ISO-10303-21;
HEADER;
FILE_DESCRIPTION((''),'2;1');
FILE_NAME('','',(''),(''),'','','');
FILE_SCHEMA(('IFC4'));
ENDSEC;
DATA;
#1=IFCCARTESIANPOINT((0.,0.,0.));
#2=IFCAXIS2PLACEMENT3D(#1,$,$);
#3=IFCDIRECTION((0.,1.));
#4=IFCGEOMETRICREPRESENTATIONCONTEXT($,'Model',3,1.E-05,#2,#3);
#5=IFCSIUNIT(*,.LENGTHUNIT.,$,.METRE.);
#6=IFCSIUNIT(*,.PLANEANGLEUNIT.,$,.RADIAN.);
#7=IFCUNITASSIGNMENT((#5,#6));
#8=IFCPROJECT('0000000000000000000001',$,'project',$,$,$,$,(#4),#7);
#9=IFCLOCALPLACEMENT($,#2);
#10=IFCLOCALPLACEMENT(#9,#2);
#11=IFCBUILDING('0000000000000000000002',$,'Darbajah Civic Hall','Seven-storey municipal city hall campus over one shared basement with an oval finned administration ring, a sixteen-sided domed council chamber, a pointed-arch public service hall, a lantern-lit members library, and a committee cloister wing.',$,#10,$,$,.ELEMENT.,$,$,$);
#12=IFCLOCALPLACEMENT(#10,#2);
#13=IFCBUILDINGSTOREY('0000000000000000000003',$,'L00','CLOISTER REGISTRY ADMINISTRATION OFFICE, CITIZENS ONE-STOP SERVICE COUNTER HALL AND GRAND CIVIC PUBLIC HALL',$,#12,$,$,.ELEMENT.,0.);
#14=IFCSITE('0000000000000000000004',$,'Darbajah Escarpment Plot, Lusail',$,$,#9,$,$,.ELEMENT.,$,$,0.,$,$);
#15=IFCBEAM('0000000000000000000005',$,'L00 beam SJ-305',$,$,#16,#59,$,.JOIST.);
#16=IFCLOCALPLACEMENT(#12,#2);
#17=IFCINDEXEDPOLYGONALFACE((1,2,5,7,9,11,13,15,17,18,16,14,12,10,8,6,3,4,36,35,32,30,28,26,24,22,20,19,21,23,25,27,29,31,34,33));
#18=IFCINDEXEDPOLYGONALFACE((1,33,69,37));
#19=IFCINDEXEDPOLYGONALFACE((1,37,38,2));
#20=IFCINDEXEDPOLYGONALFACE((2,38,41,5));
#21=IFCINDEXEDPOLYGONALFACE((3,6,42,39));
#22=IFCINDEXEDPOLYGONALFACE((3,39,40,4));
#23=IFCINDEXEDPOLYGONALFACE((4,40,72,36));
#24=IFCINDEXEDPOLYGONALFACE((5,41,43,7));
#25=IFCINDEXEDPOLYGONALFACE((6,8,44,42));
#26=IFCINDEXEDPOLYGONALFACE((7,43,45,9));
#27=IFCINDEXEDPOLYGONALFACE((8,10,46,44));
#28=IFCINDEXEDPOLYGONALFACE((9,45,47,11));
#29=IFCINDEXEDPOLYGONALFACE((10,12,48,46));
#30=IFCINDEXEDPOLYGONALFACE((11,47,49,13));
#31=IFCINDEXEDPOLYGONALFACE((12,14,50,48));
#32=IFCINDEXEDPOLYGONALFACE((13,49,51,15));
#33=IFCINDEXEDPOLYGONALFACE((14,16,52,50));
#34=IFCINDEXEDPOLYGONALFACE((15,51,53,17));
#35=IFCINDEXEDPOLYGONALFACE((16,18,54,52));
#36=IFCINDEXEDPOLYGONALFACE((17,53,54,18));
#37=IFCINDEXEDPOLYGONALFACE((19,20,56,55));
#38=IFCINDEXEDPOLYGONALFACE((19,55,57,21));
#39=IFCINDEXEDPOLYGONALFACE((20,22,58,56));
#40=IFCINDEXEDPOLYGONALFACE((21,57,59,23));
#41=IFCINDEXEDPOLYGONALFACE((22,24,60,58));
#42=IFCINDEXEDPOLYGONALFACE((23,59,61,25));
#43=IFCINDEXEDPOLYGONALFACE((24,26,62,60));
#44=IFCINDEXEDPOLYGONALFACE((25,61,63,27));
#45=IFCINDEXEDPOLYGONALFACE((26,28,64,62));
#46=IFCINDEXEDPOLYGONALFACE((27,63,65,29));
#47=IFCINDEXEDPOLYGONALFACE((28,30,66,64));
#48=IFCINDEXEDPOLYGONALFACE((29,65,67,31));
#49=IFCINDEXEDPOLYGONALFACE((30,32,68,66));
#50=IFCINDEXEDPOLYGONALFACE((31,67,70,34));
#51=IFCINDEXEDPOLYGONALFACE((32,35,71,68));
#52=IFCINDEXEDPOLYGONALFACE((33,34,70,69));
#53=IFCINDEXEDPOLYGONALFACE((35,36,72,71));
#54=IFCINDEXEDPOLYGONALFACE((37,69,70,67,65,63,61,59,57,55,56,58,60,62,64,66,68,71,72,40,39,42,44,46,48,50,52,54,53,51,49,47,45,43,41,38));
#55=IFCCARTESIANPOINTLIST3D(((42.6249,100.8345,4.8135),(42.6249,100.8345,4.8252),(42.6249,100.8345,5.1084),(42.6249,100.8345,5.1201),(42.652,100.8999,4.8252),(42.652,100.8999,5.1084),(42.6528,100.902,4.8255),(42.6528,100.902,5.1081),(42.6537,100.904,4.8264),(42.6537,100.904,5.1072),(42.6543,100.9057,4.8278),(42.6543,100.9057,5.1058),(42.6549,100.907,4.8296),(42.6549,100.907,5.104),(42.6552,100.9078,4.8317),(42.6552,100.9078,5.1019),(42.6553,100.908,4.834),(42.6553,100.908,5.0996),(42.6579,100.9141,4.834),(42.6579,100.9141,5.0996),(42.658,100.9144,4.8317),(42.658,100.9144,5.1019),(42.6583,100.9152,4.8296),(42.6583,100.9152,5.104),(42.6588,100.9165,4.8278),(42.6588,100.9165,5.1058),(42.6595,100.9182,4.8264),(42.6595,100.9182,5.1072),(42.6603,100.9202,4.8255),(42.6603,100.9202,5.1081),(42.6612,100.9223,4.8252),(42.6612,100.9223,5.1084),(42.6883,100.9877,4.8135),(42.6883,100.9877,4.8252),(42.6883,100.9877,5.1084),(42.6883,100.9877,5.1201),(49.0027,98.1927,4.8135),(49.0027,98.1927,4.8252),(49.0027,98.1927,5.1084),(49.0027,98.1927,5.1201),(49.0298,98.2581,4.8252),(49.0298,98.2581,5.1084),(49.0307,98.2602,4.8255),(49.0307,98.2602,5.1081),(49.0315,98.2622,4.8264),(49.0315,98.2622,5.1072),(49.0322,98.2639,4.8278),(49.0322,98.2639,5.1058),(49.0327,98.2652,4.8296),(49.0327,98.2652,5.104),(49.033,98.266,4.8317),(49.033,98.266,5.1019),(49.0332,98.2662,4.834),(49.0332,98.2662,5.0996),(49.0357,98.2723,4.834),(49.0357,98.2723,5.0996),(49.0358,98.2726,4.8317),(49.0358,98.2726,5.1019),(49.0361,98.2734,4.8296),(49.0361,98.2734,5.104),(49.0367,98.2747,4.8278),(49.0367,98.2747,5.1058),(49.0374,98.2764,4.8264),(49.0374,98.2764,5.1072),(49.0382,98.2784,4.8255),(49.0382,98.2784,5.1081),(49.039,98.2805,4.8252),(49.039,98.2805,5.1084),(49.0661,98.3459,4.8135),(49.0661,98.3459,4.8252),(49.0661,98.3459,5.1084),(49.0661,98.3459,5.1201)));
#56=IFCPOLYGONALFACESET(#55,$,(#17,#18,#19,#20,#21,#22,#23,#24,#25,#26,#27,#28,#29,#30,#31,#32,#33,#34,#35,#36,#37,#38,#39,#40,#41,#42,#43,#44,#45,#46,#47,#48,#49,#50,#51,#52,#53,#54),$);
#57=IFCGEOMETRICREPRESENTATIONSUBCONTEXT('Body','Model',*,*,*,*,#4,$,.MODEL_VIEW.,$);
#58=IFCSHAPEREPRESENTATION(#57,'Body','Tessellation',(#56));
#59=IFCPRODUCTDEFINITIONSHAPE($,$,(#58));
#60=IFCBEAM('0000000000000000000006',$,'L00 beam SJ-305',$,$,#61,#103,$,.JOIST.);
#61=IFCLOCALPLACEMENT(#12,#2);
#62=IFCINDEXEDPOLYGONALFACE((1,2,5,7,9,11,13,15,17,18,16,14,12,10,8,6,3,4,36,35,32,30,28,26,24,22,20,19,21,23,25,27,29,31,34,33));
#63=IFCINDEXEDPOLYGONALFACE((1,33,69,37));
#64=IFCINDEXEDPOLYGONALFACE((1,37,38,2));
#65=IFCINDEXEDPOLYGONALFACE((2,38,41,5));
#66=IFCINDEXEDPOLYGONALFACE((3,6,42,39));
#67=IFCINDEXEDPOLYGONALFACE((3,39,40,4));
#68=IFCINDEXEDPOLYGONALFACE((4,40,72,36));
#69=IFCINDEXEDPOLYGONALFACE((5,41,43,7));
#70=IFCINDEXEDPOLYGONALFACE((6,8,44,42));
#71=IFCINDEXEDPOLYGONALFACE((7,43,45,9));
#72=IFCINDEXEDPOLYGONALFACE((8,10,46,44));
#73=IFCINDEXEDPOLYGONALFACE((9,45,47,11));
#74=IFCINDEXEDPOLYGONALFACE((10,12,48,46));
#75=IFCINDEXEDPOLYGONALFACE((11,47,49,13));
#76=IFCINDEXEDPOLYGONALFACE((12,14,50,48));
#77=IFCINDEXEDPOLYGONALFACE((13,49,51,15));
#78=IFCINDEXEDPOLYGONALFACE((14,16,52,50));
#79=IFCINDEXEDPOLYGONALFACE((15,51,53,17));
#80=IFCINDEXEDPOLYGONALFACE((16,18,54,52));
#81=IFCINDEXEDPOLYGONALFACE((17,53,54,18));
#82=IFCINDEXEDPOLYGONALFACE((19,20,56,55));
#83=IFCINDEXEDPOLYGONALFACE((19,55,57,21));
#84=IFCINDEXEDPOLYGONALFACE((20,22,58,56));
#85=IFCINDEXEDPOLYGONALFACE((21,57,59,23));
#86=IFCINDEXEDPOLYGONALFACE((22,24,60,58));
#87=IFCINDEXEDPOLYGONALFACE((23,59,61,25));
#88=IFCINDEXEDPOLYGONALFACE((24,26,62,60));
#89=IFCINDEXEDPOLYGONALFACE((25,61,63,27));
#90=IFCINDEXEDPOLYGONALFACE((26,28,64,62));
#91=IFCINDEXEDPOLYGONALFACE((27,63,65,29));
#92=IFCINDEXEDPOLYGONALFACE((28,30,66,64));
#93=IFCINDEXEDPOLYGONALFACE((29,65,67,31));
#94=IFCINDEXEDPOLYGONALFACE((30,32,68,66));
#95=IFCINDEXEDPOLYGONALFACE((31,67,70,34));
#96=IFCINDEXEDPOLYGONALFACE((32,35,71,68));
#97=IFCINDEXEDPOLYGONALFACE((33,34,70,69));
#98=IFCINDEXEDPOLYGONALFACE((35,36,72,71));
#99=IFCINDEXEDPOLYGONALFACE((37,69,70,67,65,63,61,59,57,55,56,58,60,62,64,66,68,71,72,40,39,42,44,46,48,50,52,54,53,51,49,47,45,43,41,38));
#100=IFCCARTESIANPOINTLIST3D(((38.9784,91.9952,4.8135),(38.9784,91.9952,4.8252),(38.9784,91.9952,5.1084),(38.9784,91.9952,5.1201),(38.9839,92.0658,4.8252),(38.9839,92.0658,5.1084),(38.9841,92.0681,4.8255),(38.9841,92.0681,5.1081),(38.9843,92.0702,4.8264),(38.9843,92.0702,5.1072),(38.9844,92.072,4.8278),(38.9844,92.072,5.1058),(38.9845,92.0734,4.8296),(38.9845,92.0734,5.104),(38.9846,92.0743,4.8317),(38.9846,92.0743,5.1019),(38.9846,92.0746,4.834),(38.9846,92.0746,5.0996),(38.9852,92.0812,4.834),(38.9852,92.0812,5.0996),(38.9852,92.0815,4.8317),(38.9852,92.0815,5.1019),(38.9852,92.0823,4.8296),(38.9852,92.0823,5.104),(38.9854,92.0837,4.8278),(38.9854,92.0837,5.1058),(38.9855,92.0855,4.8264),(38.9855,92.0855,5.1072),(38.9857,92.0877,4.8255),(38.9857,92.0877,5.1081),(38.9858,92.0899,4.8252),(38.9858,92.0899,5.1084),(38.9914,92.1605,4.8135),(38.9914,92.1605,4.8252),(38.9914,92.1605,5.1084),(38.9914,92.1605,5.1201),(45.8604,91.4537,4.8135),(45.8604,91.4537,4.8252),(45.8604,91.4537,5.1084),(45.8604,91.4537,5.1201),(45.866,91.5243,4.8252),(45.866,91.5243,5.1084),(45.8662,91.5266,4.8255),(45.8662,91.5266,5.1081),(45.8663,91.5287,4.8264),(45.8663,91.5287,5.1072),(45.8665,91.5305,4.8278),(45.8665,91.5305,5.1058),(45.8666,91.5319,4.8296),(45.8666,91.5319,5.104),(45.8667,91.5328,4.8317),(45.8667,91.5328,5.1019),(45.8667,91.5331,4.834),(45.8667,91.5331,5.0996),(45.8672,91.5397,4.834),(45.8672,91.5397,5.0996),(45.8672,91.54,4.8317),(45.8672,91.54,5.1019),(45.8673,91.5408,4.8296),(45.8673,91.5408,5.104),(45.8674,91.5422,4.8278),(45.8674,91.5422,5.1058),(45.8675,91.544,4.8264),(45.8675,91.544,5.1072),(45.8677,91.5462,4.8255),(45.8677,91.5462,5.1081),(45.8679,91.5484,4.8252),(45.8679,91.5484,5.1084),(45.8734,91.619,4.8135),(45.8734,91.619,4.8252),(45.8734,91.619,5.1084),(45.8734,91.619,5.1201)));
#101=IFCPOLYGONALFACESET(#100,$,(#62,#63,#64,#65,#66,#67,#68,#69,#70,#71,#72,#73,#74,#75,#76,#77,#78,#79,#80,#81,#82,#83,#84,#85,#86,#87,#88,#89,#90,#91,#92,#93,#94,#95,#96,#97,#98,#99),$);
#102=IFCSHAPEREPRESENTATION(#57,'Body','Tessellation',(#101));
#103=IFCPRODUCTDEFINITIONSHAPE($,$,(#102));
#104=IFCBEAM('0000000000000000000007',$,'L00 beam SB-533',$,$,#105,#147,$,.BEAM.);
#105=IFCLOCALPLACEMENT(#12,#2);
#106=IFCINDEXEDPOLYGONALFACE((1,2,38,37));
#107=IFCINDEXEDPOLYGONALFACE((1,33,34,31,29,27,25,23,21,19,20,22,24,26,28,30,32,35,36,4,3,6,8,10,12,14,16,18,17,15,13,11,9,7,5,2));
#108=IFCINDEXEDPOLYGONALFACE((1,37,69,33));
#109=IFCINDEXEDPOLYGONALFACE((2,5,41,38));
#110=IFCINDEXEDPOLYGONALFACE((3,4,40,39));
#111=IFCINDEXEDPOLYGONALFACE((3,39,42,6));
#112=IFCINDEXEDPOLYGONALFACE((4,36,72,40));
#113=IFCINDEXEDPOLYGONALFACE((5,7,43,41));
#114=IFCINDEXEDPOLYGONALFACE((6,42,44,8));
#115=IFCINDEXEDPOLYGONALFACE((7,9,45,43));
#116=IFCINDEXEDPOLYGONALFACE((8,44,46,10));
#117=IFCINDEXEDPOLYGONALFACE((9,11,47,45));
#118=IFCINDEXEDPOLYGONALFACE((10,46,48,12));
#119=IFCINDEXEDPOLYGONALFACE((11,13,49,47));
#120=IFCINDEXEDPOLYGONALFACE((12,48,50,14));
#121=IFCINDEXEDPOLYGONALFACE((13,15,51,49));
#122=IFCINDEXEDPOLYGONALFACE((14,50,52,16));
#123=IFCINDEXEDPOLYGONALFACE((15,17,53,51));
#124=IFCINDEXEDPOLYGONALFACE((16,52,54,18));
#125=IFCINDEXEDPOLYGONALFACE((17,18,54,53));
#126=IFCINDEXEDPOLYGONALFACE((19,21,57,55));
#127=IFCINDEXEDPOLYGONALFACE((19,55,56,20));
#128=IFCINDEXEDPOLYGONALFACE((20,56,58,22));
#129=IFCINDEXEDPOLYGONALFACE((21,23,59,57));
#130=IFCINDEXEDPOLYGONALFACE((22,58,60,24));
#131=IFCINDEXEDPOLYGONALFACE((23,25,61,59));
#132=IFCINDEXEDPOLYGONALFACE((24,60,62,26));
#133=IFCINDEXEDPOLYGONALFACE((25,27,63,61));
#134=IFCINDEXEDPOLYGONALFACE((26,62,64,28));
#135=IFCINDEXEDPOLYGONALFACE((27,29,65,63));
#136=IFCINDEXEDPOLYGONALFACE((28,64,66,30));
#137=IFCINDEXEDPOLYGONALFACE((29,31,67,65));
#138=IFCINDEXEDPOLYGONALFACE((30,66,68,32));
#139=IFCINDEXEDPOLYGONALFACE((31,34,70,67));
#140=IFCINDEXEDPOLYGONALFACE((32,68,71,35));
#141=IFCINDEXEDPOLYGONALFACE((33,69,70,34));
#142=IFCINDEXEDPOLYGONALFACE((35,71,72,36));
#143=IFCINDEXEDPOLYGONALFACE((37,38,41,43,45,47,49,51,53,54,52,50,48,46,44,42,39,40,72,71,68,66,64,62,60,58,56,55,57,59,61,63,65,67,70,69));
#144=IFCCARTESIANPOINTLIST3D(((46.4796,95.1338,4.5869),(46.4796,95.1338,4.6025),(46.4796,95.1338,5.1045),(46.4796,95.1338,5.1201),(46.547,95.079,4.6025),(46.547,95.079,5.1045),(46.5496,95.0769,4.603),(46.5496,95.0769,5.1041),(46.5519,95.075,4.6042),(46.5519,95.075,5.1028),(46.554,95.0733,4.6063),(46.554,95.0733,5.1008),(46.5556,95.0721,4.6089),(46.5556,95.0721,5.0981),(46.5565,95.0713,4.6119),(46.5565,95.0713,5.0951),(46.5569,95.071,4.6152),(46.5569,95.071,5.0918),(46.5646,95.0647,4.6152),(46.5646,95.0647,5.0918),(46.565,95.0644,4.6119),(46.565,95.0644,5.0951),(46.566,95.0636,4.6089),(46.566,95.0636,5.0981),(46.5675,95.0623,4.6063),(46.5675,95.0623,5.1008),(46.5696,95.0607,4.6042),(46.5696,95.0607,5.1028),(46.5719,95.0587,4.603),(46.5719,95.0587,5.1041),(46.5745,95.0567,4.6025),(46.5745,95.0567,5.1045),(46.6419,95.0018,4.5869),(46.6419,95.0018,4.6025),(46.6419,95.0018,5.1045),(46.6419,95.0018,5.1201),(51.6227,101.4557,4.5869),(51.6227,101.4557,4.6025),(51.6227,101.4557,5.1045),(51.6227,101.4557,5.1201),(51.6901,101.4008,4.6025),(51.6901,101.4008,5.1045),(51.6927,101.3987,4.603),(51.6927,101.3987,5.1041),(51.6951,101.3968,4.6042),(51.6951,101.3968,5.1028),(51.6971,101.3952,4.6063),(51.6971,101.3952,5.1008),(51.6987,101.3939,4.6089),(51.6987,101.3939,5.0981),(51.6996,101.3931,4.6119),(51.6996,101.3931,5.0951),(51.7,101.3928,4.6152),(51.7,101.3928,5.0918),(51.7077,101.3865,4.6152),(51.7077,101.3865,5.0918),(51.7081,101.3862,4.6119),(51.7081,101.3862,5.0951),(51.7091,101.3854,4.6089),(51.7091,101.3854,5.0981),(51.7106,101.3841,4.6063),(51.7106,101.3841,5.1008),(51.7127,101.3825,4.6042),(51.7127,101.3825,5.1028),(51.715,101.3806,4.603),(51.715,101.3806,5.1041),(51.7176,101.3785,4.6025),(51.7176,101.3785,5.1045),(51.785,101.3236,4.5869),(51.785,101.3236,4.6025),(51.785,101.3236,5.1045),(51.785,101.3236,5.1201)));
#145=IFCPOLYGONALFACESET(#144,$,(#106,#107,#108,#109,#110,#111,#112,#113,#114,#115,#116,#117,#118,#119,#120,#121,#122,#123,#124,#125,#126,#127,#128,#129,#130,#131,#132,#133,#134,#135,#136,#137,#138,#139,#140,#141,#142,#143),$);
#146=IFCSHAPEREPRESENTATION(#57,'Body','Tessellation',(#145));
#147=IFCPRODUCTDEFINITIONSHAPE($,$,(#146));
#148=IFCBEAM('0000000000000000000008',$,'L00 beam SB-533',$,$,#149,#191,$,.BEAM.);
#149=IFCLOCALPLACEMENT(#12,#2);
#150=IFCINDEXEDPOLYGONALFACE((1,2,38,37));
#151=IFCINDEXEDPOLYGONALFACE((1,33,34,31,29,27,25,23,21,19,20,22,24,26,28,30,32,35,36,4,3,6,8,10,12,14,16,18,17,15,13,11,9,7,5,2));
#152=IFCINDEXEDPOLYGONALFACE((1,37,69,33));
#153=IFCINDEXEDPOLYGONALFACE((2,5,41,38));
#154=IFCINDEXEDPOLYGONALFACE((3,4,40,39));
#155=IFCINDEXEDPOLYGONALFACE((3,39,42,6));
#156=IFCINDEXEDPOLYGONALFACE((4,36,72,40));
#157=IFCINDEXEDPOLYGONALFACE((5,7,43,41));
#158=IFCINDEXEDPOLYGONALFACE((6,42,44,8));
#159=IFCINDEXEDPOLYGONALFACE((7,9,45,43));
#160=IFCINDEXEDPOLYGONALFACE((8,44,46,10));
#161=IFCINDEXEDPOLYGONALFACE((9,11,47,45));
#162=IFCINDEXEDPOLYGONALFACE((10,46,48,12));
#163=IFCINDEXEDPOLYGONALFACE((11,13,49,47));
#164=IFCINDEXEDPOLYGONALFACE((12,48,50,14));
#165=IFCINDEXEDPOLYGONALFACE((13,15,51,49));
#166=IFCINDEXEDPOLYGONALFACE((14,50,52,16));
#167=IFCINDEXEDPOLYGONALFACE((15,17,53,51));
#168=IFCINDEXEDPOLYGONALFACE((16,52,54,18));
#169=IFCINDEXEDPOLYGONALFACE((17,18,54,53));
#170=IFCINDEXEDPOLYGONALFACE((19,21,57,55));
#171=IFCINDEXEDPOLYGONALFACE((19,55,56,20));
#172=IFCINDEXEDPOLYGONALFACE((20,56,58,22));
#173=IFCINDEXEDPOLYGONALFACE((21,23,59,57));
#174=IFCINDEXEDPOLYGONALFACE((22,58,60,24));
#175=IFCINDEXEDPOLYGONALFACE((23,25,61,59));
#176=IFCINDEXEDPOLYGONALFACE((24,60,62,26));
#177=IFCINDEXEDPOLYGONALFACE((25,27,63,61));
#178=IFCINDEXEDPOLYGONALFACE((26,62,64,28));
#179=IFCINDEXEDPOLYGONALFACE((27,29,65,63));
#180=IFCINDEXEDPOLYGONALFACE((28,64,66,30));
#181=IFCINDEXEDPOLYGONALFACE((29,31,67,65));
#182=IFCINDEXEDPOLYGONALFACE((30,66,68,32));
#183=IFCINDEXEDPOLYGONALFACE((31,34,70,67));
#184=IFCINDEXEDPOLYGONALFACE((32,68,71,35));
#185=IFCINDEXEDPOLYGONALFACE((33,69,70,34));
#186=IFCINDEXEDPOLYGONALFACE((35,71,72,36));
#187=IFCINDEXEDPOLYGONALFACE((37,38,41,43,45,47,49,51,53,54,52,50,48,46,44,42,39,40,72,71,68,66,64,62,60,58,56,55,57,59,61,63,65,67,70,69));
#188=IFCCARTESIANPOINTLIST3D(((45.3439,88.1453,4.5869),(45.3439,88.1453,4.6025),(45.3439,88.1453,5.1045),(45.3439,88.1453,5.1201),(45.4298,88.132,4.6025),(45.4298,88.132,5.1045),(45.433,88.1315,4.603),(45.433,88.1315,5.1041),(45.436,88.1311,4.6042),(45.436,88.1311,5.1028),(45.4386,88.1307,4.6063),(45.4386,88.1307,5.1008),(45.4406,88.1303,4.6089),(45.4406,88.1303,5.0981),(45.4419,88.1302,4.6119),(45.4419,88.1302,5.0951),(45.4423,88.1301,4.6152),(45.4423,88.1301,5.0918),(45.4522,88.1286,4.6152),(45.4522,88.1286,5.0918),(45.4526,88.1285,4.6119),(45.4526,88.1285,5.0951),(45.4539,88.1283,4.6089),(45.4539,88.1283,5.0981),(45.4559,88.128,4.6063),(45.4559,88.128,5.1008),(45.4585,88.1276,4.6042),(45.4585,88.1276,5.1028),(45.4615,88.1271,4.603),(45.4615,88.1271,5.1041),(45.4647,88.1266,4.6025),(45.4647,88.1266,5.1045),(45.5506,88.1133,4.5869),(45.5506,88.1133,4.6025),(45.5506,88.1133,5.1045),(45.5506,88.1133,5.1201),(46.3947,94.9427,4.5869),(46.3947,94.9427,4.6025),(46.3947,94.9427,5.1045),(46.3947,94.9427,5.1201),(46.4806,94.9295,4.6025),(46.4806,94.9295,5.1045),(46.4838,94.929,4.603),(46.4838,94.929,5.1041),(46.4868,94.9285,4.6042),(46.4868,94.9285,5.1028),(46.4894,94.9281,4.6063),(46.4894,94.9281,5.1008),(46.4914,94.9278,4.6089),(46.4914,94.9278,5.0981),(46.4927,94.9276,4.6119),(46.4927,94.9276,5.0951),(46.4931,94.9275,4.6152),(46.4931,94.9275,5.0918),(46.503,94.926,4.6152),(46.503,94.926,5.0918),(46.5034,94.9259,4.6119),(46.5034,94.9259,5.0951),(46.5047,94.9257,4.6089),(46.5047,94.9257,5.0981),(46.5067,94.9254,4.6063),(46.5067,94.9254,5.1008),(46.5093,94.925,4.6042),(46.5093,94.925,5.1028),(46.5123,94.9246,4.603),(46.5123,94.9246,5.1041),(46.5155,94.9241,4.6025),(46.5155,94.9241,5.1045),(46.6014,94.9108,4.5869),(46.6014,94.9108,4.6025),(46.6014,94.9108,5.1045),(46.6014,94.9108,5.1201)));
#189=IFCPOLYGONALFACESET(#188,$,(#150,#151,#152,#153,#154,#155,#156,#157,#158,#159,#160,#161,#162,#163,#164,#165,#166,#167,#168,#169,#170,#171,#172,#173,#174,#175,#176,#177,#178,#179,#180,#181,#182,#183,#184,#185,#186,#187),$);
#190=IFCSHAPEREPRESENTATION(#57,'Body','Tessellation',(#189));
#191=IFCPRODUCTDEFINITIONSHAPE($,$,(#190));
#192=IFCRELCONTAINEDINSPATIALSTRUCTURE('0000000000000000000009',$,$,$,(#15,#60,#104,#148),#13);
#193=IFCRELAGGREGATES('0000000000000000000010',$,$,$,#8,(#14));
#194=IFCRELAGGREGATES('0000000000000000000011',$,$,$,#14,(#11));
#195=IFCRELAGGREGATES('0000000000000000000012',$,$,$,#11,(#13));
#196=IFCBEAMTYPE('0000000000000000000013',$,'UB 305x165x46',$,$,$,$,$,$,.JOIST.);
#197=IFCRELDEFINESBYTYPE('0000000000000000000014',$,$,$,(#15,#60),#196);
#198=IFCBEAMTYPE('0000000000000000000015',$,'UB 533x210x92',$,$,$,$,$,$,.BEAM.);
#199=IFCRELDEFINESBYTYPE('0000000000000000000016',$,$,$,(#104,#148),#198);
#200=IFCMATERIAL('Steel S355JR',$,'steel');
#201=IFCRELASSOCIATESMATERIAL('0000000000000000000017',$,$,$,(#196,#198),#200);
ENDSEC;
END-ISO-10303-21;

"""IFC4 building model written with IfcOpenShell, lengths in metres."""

from ifc_helpers import new_model, si_unit, direction, frame, origin, origin_2d, place, context, subcontext, project, spatial, i_section, extrude, material, material_profile, profile_set, type_object, element, save


model = new_model("IFC4")

# Units and contexts
model_context = context("Model", 3, precision=1e-05, world=origin(), true_north=direction((0.0, 1.0)))
body_context = subcontext(model_context, "Body", "Model", "MODEL_VIEW")
ifc_project = project(units=[si_unit("LENGTHUNIT", "METRE"), si_unit("PLANEANGLEUNIT", "RADIAN")], contexts=[model_context])

# Site, building, storey
site_placement = place(None, origin())
site = spatial("IfcSite", under=ifc_project, at=site_placement, Name="Darbajah Escarpment Plot, Lusail", CompositionType="ELEMENT", RefElevation=0.0)
building_placement = place(site_placement, origin())
building = spatial("IfcBuilding", under=site, at=building_placement, Name="Darbajah Civic Hall", Description="Seven-storey municipal city hall campus over one shared basement with an oval finned administration ring, a sixteen-sided domed council chamber, a pointed-arch public service hall, a lantern-lit members library, and a committee cloister wing.", CompositionType="ELEMENT")
storey_placement = place(building_placement, origin())
storey = spatial("IfcBuildingStorey", under=building, at=storey_placement, Name="L00", Description="CLOISTER REGISTRY ADMINISTRATION OFFICE, CITIZENS ONE-STOP SERVICE COUNTER HALL AND GRAND CIVIC PUBLIC HALL", CompositionType="ELEMENT", Elevation=0.0)

# Beams
ifc_material_1 = material(Name="Steel S355JR", Category="steel")
ifc_material_profile_1 = material_profile(ifc_material_1, i_section(OverallWidth=0.1658, OverallDepth=0.3066, WebThickness=0.0066, FlangeThickness=0.0117, FilletRadius=0.0088, at=origin_2d()), Name="UB 305x165x46")
ifc_profile_set_1 = profile_set([ifc_material_profile_1], Name="Steel S355JR")
beam_type_1 = type_object("IfcBeamType", Name="UB 305x165x46", PredefinedType="JOIST", material=ifc_profile_set_1)
for number, where, z_axis, x_axis, name in (
    (1, (49.0344, 98.2693, 4.9668), (-0.923878, 0.382686, 0.0), (-0.382686, -0.923878, 0.0), "L00 beam SJ-305"),
    (2, (45.8669, 91.5364, 4.9668), (-0.996919, 0.078441, 0.0), (-0.078441, -0.996919, 0.0), "L00 beam SJ-305"),
):
    element("IfcBeam", number, at=place(storey_placement, frame(where, z_axis=z_axis, x_axis=x_axis)), inside=storey, type_object=beam_type_1, Name=name, PredefinedType="JOIST", context=body_context, shape_type="SweptSolid", body=[
        extrude(i_section(OverallWidth=0.1658, OverallDepth=0.3066, WebThickness=0.0066, FlangeThickness=0.0117, FilletRadius=0.0088, at=origin_2d()), origin(), (0.0, 0.0, 1.0), 6.9033),
    ])
ifc_material_profile_2 = material_profile(ifc_material_1, i_section(OverallWidth=0.2092, OverallDepth=0.5332, WebThickness=0.01, FlangeThickness=0.0156, FilletRadius=0.0127, at=origin_2d()), Name="UB 533x210x92")
ifc_profile_set_2 = profile_set([ifc_material_profile_2], Name="Steel S355JR")
beam_type_2 = type_object("IfcBeamType", Name="UB 533x210x92", PredefinedType="BEAM", material=ifc_profile_set_2)
beam_1_placement = place(storey_placement, frame((51.7039, 101.3896, 4.8535), z_axis=(-0.631082, -0.775716, 0.0), x_axis=(0.775716, -0.631082, 0.0)))
element("IfcBeam", 3, at=beam_1_placement, inside=storey, type_object=beam_type_2, Name="L00 beam SB-533", PredefinedType="BEAM", context=body_context, shape_type="SweptSolid", body=[
    extrude(i_section(OverallWidth=0.2092, OverallDepth=0.5332, WebThickness=0.01, FlangeThickness=0.0156, FilletRadius=0.0127, at=origin_2d()), origin(), (0.0, 0.0, 1.0), 8.1497),
])
beam_2_placement = place(storey_placement, frame((46.498, 94.9268, 4.8535), z_axis=(-0.152772, -0.988261, 0.0), x_axis=(0.988261, -0.152772, 0.0)))
element("IfcBeam", 4, at=beam_2_placement, inside=storey, type_object=beam_type_2, Name="L00 beam SB-533", PredefinedType="BEAM", context=body_context, shape_type="SweptSolid", body=[
    extrude(i_section(OverallWidth=0.2092, OverallDepth=0.5332, WebThickness=0.01, FlangeThickness=0.0156, FilletRadius=0.0127, at=origin_2d()), origin(), (0.0, 0.0, 1.0), 6.8782),
])

save(model, "model.ifc")
